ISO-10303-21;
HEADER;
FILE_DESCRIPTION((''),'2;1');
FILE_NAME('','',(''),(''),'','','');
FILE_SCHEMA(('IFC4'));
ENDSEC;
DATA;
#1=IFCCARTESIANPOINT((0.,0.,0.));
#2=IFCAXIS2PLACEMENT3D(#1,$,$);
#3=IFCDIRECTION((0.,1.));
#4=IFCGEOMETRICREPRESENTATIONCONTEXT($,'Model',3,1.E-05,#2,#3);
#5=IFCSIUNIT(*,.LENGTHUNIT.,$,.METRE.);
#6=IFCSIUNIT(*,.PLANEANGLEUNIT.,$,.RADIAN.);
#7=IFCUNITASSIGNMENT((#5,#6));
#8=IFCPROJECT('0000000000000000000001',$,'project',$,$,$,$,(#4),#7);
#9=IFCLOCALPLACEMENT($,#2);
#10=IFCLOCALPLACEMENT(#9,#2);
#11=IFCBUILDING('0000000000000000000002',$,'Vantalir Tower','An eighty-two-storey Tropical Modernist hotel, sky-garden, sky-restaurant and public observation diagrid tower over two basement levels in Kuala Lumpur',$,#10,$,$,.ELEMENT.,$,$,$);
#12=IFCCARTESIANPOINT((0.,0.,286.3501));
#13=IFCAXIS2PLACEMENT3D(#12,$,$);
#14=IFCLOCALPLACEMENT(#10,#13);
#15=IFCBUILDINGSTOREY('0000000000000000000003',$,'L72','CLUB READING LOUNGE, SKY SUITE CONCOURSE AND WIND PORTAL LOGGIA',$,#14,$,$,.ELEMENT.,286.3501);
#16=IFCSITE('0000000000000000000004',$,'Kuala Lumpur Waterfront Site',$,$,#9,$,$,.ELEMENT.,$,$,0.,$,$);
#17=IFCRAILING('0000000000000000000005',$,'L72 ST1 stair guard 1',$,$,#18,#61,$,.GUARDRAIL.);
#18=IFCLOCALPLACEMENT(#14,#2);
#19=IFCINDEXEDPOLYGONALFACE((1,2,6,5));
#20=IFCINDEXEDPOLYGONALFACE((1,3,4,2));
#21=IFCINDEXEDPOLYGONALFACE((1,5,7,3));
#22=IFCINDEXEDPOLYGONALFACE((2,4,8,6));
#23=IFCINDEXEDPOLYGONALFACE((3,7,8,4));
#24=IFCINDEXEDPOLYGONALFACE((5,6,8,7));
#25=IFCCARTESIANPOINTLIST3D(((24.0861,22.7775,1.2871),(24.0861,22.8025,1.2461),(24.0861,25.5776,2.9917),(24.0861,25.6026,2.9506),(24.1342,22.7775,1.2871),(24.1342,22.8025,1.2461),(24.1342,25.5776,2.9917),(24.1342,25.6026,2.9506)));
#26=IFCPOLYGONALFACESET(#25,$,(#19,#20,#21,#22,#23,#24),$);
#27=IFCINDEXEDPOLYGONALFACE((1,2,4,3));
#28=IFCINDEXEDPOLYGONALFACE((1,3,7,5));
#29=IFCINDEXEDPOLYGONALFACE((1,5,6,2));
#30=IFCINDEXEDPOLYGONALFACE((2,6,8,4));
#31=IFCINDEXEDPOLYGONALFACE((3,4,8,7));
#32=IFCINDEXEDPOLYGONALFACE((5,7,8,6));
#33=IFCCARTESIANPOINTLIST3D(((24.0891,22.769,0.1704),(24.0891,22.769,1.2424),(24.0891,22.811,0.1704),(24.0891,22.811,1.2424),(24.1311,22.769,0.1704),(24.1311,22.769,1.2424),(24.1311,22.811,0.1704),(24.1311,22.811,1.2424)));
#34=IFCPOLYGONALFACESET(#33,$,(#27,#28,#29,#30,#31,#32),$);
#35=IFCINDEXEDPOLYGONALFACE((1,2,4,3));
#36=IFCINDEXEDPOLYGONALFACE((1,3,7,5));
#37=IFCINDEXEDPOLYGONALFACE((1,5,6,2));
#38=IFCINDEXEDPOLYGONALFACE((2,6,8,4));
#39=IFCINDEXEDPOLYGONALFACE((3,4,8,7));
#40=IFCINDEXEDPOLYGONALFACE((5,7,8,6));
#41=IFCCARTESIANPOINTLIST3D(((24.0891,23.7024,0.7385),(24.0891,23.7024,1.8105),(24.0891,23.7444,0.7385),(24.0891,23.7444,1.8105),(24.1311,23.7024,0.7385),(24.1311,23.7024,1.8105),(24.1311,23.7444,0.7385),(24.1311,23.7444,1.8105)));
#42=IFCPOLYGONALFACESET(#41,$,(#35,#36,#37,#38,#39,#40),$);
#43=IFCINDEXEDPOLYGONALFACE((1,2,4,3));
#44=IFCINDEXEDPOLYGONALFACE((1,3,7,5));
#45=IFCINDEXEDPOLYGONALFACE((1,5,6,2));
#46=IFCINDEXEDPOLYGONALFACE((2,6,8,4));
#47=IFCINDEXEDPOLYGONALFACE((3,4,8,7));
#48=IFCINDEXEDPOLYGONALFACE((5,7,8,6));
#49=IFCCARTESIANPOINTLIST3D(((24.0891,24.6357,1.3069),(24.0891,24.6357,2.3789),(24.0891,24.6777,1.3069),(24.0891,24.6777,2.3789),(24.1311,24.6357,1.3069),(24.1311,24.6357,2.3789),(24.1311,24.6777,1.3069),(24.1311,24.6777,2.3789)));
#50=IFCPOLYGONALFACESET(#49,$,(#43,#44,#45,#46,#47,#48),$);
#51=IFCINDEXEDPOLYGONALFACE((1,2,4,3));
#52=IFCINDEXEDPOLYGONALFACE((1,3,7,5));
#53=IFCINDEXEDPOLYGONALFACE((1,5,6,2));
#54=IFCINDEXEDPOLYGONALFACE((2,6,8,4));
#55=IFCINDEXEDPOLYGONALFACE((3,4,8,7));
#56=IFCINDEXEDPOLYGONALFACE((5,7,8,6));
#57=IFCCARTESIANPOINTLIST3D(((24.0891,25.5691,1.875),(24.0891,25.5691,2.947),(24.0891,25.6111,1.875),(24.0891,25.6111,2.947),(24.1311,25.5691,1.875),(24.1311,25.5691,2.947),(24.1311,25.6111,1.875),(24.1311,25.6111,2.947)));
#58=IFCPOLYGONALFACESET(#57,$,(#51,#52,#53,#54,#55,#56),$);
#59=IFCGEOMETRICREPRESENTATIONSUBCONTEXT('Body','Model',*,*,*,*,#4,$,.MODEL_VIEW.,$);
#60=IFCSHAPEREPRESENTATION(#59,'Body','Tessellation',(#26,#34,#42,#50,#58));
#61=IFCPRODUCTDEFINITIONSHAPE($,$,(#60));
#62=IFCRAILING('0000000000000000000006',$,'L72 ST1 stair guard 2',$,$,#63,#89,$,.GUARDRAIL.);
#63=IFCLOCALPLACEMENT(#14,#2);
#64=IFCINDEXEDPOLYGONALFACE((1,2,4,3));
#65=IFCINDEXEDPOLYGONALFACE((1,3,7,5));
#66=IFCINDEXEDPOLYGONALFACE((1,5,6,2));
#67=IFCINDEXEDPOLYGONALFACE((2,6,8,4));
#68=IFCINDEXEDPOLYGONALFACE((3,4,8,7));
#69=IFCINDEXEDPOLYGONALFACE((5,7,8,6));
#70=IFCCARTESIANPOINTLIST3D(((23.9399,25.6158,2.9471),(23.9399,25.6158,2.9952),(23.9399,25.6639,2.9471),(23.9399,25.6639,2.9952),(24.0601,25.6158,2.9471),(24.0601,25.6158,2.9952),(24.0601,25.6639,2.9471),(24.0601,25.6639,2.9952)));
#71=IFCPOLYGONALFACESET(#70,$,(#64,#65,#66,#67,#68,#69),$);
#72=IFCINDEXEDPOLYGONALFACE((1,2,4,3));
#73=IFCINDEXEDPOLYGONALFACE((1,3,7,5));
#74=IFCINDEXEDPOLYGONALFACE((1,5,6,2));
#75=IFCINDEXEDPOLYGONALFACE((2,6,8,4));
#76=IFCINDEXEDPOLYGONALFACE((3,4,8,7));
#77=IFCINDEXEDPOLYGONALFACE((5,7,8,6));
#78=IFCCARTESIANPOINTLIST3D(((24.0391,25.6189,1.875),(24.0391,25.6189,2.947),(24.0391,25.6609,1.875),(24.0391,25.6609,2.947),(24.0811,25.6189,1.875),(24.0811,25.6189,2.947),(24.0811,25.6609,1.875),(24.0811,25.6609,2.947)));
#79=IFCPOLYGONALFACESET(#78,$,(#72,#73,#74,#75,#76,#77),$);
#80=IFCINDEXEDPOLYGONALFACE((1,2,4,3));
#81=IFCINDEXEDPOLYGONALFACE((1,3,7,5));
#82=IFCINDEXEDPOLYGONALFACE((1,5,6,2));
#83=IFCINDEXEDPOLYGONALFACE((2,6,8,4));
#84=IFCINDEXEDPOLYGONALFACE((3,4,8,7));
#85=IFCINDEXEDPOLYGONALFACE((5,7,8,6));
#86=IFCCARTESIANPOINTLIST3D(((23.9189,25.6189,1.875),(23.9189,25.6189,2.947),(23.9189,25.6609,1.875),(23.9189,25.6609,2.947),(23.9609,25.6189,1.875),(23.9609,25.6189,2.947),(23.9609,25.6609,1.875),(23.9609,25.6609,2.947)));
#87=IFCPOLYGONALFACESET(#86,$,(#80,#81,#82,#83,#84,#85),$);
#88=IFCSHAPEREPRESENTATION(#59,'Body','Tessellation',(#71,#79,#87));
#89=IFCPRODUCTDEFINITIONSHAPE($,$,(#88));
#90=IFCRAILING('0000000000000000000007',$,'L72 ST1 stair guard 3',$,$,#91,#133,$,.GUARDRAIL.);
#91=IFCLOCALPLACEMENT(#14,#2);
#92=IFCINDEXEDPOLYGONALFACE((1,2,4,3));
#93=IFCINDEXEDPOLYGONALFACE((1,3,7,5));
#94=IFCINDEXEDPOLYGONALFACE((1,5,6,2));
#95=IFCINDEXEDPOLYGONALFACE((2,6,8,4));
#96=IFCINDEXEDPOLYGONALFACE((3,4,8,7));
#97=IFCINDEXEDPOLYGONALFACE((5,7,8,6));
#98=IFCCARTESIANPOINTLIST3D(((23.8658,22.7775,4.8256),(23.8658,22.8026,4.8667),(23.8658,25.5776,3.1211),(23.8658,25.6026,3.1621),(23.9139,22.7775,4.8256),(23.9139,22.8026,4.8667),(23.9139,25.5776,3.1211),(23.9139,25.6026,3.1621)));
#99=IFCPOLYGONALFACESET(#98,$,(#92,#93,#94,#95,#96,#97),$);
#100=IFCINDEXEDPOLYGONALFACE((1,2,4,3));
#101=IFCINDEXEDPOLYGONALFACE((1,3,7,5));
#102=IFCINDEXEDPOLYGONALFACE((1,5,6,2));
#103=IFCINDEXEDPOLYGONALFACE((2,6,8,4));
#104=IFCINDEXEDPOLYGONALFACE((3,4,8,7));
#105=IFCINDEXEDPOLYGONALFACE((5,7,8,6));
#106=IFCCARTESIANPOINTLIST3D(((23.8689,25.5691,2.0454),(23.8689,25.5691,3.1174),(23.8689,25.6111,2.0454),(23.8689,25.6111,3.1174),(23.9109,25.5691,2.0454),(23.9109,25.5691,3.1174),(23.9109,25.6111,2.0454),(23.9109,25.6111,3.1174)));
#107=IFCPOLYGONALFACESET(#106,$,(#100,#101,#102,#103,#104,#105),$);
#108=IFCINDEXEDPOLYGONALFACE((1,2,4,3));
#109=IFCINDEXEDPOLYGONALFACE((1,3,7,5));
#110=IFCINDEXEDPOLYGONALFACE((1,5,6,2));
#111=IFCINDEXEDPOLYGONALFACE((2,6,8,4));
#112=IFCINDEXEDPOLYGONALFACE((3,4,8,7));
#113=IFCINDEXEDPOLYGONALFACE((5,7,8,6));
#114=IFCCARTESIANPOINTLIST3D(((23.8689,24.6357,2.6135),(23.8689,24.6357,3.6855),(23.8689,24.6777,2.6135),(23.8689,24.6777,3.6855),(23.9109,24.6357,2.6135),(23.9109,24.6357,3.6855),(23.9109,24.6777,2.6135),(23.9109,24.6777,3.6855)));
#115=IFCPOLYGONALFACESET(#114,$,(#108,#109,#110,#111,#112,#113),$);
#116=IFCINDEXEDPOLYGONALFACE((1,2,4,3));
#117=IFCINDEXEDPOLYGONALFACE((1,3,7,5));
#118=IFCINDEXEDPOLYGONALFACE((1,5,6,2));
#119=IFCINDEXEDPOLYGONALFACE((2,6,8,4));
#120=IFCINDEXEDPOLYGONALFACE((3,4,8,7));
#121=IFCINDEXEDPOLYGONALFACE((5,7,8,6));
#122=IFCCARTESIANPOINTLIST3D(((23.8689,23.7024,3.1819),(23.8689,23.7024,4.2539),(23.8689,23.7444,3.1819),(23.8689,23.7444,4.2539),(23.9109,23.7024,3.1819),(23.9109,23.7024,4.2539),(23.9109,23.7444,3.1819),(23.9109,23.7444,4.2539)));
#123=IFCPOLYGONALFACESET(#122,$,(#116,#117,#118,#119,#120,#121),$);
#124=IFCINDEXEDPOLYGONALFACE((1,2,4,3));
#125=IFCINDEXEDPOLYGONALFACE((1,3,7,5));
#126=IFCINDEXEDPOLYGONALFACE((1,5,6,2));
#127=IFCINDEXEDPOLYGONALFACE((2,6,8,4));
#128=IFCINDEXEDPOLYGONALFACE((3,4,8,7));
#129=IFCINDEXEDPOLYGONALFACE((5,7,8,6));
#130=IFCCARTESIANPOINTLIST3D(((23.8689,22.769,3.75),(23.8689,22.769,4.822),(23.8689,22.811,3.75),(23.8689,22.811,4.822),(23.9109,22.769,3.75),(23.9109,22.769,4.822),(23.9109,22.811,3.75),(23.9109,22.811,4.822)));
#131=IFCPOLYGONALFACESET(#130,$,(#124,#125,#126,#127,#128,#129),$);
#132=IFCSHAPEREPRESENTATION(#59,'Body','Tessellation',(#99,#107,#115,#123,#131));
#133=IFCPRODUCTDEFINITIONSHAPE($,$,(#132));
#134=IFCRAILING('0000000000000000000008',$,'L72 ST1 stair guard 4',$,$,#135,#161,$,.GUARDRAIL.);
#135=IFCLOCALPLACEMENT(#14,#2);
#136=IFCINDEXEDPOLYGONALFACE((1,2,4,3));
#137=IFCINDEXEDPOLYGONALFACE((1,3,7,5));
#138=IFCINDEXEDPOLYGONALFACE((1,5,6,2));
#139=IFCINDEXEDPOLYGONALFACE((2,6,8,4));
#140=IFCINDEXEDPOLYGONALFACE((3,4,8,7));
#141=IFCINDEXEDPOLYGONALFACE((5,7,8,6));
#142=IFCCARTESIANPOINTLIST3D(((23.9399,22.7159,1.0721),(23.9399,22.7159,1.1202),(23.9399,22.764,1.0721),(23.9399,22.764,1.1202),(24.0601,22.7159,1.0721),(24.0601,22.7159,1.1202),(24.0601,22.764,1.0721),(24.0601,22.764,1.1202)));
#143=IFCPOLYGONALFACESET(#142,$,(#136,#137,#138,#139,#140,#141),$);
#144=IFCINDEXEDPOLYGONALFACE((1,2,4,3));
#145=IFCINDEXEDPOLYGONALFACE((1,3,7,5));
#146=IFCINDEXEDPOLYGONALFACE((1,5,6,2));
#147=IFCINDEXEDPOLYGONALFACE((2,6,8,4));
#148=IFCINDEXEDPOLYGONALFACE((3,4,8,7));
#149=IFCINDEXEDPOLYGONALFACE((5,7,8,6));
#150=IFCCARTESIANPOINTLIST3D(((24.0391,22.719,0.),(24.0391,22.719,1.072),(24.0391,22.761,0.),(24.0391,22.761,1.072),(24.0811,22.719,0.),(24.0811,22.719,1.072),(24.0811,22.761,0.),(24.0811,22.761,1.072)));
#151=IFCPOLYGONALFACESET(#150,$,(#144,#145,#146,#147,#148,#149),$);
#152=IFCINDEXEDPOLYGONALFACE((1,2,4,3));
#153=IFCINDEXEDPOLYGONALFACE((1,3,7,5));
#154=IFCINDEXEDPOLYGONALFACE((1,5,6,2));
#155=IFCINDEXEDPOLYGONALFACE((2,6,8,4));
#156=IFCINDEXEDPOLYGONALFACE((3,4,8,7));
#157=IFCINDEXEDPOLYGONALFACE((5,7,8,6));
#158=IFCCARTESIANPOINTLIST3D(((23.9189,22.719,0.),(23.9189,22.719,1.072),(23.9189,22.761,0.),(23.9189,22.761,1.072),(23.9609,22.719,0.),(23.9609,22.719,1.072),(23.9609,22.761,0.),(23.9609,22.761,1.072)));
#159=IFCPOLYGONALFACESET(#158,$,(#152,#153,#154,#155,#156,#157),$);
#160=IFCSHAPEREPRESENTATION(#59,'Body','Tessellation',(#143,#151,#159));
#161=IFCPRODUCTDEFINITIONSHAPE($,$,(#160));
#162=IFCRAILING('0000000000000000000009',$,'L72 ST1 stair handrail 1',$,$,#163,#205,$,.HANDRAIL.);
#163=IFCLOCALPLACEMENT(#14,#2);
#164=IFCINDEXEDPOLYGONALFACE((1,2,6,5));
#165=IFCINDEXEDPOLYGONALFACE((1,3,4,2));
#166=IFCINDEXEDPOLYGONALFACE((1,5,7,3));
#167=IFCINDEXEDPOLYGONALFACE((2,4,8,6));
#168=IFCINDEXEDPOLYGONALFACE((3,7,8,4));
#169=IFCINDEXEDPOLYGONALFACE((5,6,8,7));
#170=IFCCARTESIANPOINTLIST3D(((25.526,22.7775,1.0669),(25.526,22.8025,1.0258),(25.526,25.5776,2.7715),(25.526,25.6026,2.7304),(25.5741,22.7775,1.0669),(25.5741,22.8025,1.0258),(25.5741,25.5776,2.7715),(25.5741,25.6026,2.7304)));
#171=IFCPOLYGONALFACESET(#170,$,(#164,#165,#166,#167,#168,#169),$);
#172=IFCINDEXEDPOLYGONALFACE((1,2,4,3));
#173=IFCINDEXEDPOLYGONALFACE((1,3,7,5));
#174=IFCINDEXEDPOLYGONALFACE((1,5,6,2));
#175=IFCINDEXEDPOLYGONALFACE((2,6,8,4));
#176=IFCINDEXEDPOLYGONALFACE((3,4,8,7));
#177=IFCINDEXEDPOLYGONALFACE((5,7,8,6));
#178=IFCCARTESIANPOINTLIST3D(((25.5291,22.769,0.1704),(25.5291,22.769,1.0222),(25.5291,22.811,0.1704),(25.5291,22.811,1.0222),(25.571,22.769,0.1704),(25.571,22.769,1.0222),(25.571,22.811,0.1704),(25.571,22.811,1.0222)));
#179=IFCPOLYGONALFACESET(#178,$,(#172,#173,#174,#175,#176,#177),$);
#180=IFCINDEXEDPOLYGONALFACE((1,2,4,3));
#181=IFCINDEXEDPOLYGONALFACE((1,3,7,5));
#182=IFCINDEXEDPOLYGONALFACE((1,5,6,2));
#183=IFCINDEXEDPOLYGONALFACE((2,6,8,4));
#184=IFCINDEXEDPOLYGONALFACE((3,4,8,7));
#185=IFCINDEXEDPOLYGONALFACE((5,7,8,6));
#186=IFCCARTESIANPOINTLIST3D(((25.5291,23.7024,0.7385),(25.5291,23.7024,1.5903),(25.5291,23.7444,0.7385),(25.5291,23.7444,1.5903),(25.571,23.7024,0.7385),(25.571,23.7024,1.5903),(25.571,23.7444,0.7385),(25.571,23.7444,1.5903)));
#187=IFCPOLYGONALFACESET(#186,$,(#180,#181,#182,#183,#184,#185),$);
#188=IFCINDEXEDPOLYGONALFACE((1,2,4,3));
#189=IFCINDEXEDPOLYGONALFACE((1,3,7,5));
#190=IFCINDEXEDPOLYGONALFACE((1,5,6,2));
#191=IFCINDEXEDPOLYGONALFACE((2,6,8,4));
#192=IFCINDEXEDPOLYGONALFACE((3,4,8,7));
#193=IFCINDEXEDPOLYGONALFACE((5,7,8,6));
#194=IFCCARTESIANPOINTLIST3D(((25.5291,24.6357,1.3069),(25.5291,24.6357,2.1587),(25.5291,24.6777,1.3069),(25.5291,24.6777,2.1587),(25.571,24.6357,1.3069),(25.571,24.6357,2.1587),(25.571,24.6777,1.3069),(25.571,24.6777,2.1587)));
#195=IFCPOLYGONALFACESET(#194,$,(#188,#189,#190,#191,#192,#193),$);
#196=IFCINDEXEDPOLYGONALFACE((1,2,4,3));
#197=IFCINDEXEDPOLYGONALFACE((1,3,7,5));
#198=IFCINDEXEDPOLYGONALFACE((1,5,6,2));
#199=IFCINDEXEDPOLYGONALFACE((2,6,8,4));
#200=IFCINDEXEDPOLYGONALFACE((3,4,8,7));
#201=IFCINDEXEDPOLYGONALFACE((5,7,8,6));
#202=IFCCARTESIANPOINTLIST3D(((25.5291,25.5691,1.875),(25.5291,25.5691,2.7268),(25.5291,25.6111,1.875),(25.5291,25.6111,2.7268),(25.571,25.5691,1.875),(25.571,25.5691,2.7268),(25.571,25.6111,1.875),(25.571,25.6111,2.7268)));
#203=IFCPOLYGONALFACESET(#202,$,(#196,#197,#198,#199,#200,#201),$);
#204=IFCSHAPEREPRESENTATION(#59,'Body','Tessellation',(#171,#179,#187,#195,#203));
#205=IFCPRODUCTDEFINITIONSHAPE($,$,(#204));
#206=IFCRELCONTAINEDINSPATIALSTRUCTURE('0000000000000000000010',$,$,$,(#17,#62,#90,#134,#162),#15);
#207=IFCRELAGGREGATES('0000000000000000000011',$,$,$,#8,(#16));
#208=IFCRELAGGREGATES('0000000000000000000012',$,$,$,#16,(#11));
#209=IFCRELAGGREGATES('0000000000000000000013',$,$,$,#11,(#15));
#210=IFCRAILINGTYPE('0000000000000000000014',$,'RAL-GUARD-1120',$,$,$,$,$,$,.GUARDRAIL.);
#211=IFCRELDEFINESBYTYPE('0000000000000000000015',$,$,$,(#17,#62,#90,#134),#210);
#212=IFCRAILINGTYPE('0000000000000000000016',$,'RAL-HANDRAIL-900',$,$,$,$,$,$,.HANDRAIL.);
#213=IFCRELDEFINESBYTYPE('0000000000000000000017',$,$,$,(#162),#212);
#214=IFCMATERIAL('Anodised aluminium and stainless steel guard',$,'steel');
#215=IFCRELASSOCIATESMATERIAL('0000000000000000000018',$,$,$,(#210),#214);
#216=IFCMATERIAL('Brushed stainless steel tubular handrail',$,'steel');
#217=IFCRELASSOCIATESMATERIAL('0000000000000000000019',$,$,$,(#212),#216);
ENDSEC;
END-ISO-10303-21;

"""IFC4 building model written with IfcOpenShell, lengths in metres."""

from ifc_helpers import new_model, si_unit, direction, frame, origin, origin_2d, place, context, subcontext, project, spatial, rectangle, extrude, material, type_object, element, save


model = new_model("IFC4")

# Units and contexts
model_context = context("Model", 3, precision=1e-05, world=origin(), true_north=direction((0.0, 1.0)))
body_context = subcontext(model_context, "Body", "Model", "MODEL_VIEW")
ifc_project = project(units=[si_unit("LENGTHUNIT", "METRE"), si_unit("PLANEANGLEUNIT", "RADIAN")], contexts=[model_context])

# Site, building, storey
site_placement = place(None, origin())
site = spatial("IfcSite", under=ifc_project, at=site_placement, Name="Kuala Lumpur Waterfront Site", CompositionType="ELEMENT", RefElevation=0.0)
building_placement = place(site_placement, origin())
building = spatial("IfcBuilding", under=site, at=building_placement, Name="Vantalir Tower", Description="An eighty-two-storey Tropical Modernist hotel, sky-garden, sky-restaurant and public observation diagrid tower over two basement levels in Kuala Lumpur", CompositionType="ELEMENT")
storey_placement = place(building_placement, frame((0.0, 0.0, 286.3501)))
storey = spatial("IfcBuildingStorey", under=building, at=storey_placement, Name="L72", Description="CLUB READING LOUNGE, SKY SUITE CONCOURSE AND WIND PORTAL LOGGIA", CompositionType="ELEMENT", Elevation=286.3501)

# Railings
ifc_material_1 = material(Name="Anodised aluminium and stainless steel guard", Category="steel")
railing_type_1 = type_object("IfcRailingType", Name="RAL-GUARD-1120", PredefinedType="GUARDRAIL", material=ifc_material_1)
railing_1_placement = place(storey_placement, frame((24.1101, 22.79, 0.1704)))
element("IfcRailing", 1, at=railing_1_placement, inside=storey, type_object=railing_type_1, Name="L72 ST1 stair guard 1", PredefinedType="GUARDRAIL", context=body_context, shape_type="SweptSolid", body=[
    extrude(rectangle(XDim=0.0481, YDim=0.0481, at=origin_2d()), frame((0.0, 0.0, 1.0962), z_axis=(0.0, 0.85417, 0.519994), x_axis=(-1.0, 0.0, 0.0)), (0.0, 0.0, 1.0), 3.2781),
    extrude(rectangle(XDim=0.042, YDim=0.042, at=origin_2d()), origin(), (0.0, 0.0, 1.0), 1.072),
    extrude(rectangle(XDim=0.042, YDim=0.042, at=origin_2d()), frame((0.0, 0.9333, 0.5681)), (0.0, 0.0, 1.0), 1.072),
    extrude(rectangle(XDim=0.042, YDim=0.042, at=origin_2d()), frame((0.0, 1.8667, 1.1365)), (0.0, 0.0, 1.0), 1.072),
    extrude(rectangle(XDim=0.042, YDim=0.042, at=origin_2d()), frame((0.0, 2.8, 1.7046)), (0.0, 0.0, 1.0), 1.072),
])
railing_2_placement = place(storey_placement, frame((24.0601, 25.6399, 1.875)))
element("IfcRailing", 2, at=railing_2_placement, inside=storey, type_object=railing_type_1, Name="L72 ST1 stair guard 2", PredefinedType="GUARDRAIL", context=body_context, shape_type="SweptSolid", body=[
    extrude(rectangle(XDim=0.0481, YDim=0.0481, at=origin_2d()), frame((0.0, 0.0, 1.0962), z_axis=(-1.0, 0.0, 0.0), x_axis=(0.0, -1.0, 0.0)), (0.0, 0.0, 1.0), 0.1201),
    extrude(rectangle(XDim=0.042, YDim=0.042, at=origin_2d()), origin(), (0.0, 0.0, 1.0), 1.072),
    extrude(rectangle(XDim=0.042, YDim=0.042, at=origin_2d()), frame((-0.1201, 0.0, 0.0)), (0.0, 0.0, 1.0), 1.072),
])
railing_3_placement = place(storey_placement, frame((23.8899, 25.5901, 2.0454)))
element("IfcRailing", 3, at=railing_3_placement, inside=storey, type_object=railing_type_1, Name="L72 ST1 stair guard 3", PredefinedType="GUARDRAIL", context=body_context, shape_type="SweptSolid", body=[
    extrude(rectangle(XDim=0.0481, YDim=0.0481, at=origin_2d()), frame((0.0, 0.0, 1.0962), z_axis=(0.0, -0.85417, 0.519994), x_axis=(1.0, 0.0, 0.0)), (0.0, 0.0, 1.0), 3.2781),
    extrude(rectangle(XDim=0.042, YDim=0.042, at=origin_2d()), origin(), (0.0, 0.0, 1.0), 1.072),
    extrude(rectangle(XDim=0.042, YDim=0.042, at=origin_2d()), frame((0.0, -0.9333, 0.5681)), (0.0, 0.0, 1.0), 1.072),
    extrude(rectangle(XDim=0.042, YDim=0.042, at=origin_2d()), frame((0.0, -1.8667, 1.1365)), (0.0, 0.0, 1.0), 1.072),
    extrude(rectangle(XDim=0.042, YDim=0.042, at=origin_2d()), frame((0.0, -2.8, 1.7046)), (0.0, 0.0, 1.0), 1.072),
])
railing_4_placement = place(storey_placement, frame((24.0601, 22.74, 0.0)))
element("IfcRailing", 4, at=railing_4_placement, inside=storey, type_object=railing_type_1, Name="L72 ST1 stair guard 4", PredefinedType="GUARDRAIL", context=body_context, shape_type="SweptSolid", body=[
    extrude(rectangle(XDim=0.0481, YDim=0.0481, at=origin_2d()), frame((0.0, 0.0, 1.0962), z_axis=(-1.0, 0.0, 0.0), x_axis=(0.0, -1.0, 0.0)), (0.0, 0.0, 1.0), 0.1201),
    extrude(rectangle(XDim=0.042, YDim=0.042, at=origin_2d()), origin(), (0.0, 0.0, 1.0), 1.072),
    extrude(rectangle(XDim=0.042, YDim=0.042, at=origin_2d()), frame((-0.1201, 0.0, 0.0)), (0.0, 0.0, 1.0), 1.072),
])
ifc_material_2 = material(Name="Brushed stainless steel tubular handrail", Category="steel")
railing_type_2 = type_object("IfcRailingType", Name="RAL-HANDRAIL-900", PredefinedType="HANDRAIL", material=ifc_material_2)
railing_5_placement = place(storey_placement, frame((25.55, 22.79, 0.1704)))
element("IfcRailing", 5, at=railing_5_placement, inside=storey, type_object=railing_type_2, Name="L72 ST1 stair handrail 1", PredefinedType="HANDRAIL", context=body_context, shape_type="SweptSolid", body=[
    extrude(rectangle(XDim=0.0481, YDim=0.0481, at=origin_2d()), frame((0.0, 0.0, 0.876), z_axis=(0.0, 0.85417, 0.519994), x_axis=(-1.0, 0.0, 0.0)), (0.0, 0.0, 1.0), 3.2781),
    extrude(rectangle(XDim=0.042, YDim=0.042, at=origin_2d()), origin(), (0.0, 0.0, 1.0), 0.8518),
    extrude(rectangle(XDim=0.042, YDim=0.042, at=origin_2d()), frame((0.0, 0.9333, 0.5681)), (0.0, 0.0, 1.0), 0.8518),
    extrude(rectangle(XDim=0.042, YDim=0.042, at=origin_2d()), frame((0.0, 1.8667, 1.1365)), (0.0, 0.0, 1.0), 0.8518),
    extrude(rectangle(XDim=0.042, YDim=0.042, at=origin_2d()), frame((0.0, 2.8, 1.7046)), (0.0, 0.0, 1.0), 0.8518),
])

save(model, "model.ifc")
